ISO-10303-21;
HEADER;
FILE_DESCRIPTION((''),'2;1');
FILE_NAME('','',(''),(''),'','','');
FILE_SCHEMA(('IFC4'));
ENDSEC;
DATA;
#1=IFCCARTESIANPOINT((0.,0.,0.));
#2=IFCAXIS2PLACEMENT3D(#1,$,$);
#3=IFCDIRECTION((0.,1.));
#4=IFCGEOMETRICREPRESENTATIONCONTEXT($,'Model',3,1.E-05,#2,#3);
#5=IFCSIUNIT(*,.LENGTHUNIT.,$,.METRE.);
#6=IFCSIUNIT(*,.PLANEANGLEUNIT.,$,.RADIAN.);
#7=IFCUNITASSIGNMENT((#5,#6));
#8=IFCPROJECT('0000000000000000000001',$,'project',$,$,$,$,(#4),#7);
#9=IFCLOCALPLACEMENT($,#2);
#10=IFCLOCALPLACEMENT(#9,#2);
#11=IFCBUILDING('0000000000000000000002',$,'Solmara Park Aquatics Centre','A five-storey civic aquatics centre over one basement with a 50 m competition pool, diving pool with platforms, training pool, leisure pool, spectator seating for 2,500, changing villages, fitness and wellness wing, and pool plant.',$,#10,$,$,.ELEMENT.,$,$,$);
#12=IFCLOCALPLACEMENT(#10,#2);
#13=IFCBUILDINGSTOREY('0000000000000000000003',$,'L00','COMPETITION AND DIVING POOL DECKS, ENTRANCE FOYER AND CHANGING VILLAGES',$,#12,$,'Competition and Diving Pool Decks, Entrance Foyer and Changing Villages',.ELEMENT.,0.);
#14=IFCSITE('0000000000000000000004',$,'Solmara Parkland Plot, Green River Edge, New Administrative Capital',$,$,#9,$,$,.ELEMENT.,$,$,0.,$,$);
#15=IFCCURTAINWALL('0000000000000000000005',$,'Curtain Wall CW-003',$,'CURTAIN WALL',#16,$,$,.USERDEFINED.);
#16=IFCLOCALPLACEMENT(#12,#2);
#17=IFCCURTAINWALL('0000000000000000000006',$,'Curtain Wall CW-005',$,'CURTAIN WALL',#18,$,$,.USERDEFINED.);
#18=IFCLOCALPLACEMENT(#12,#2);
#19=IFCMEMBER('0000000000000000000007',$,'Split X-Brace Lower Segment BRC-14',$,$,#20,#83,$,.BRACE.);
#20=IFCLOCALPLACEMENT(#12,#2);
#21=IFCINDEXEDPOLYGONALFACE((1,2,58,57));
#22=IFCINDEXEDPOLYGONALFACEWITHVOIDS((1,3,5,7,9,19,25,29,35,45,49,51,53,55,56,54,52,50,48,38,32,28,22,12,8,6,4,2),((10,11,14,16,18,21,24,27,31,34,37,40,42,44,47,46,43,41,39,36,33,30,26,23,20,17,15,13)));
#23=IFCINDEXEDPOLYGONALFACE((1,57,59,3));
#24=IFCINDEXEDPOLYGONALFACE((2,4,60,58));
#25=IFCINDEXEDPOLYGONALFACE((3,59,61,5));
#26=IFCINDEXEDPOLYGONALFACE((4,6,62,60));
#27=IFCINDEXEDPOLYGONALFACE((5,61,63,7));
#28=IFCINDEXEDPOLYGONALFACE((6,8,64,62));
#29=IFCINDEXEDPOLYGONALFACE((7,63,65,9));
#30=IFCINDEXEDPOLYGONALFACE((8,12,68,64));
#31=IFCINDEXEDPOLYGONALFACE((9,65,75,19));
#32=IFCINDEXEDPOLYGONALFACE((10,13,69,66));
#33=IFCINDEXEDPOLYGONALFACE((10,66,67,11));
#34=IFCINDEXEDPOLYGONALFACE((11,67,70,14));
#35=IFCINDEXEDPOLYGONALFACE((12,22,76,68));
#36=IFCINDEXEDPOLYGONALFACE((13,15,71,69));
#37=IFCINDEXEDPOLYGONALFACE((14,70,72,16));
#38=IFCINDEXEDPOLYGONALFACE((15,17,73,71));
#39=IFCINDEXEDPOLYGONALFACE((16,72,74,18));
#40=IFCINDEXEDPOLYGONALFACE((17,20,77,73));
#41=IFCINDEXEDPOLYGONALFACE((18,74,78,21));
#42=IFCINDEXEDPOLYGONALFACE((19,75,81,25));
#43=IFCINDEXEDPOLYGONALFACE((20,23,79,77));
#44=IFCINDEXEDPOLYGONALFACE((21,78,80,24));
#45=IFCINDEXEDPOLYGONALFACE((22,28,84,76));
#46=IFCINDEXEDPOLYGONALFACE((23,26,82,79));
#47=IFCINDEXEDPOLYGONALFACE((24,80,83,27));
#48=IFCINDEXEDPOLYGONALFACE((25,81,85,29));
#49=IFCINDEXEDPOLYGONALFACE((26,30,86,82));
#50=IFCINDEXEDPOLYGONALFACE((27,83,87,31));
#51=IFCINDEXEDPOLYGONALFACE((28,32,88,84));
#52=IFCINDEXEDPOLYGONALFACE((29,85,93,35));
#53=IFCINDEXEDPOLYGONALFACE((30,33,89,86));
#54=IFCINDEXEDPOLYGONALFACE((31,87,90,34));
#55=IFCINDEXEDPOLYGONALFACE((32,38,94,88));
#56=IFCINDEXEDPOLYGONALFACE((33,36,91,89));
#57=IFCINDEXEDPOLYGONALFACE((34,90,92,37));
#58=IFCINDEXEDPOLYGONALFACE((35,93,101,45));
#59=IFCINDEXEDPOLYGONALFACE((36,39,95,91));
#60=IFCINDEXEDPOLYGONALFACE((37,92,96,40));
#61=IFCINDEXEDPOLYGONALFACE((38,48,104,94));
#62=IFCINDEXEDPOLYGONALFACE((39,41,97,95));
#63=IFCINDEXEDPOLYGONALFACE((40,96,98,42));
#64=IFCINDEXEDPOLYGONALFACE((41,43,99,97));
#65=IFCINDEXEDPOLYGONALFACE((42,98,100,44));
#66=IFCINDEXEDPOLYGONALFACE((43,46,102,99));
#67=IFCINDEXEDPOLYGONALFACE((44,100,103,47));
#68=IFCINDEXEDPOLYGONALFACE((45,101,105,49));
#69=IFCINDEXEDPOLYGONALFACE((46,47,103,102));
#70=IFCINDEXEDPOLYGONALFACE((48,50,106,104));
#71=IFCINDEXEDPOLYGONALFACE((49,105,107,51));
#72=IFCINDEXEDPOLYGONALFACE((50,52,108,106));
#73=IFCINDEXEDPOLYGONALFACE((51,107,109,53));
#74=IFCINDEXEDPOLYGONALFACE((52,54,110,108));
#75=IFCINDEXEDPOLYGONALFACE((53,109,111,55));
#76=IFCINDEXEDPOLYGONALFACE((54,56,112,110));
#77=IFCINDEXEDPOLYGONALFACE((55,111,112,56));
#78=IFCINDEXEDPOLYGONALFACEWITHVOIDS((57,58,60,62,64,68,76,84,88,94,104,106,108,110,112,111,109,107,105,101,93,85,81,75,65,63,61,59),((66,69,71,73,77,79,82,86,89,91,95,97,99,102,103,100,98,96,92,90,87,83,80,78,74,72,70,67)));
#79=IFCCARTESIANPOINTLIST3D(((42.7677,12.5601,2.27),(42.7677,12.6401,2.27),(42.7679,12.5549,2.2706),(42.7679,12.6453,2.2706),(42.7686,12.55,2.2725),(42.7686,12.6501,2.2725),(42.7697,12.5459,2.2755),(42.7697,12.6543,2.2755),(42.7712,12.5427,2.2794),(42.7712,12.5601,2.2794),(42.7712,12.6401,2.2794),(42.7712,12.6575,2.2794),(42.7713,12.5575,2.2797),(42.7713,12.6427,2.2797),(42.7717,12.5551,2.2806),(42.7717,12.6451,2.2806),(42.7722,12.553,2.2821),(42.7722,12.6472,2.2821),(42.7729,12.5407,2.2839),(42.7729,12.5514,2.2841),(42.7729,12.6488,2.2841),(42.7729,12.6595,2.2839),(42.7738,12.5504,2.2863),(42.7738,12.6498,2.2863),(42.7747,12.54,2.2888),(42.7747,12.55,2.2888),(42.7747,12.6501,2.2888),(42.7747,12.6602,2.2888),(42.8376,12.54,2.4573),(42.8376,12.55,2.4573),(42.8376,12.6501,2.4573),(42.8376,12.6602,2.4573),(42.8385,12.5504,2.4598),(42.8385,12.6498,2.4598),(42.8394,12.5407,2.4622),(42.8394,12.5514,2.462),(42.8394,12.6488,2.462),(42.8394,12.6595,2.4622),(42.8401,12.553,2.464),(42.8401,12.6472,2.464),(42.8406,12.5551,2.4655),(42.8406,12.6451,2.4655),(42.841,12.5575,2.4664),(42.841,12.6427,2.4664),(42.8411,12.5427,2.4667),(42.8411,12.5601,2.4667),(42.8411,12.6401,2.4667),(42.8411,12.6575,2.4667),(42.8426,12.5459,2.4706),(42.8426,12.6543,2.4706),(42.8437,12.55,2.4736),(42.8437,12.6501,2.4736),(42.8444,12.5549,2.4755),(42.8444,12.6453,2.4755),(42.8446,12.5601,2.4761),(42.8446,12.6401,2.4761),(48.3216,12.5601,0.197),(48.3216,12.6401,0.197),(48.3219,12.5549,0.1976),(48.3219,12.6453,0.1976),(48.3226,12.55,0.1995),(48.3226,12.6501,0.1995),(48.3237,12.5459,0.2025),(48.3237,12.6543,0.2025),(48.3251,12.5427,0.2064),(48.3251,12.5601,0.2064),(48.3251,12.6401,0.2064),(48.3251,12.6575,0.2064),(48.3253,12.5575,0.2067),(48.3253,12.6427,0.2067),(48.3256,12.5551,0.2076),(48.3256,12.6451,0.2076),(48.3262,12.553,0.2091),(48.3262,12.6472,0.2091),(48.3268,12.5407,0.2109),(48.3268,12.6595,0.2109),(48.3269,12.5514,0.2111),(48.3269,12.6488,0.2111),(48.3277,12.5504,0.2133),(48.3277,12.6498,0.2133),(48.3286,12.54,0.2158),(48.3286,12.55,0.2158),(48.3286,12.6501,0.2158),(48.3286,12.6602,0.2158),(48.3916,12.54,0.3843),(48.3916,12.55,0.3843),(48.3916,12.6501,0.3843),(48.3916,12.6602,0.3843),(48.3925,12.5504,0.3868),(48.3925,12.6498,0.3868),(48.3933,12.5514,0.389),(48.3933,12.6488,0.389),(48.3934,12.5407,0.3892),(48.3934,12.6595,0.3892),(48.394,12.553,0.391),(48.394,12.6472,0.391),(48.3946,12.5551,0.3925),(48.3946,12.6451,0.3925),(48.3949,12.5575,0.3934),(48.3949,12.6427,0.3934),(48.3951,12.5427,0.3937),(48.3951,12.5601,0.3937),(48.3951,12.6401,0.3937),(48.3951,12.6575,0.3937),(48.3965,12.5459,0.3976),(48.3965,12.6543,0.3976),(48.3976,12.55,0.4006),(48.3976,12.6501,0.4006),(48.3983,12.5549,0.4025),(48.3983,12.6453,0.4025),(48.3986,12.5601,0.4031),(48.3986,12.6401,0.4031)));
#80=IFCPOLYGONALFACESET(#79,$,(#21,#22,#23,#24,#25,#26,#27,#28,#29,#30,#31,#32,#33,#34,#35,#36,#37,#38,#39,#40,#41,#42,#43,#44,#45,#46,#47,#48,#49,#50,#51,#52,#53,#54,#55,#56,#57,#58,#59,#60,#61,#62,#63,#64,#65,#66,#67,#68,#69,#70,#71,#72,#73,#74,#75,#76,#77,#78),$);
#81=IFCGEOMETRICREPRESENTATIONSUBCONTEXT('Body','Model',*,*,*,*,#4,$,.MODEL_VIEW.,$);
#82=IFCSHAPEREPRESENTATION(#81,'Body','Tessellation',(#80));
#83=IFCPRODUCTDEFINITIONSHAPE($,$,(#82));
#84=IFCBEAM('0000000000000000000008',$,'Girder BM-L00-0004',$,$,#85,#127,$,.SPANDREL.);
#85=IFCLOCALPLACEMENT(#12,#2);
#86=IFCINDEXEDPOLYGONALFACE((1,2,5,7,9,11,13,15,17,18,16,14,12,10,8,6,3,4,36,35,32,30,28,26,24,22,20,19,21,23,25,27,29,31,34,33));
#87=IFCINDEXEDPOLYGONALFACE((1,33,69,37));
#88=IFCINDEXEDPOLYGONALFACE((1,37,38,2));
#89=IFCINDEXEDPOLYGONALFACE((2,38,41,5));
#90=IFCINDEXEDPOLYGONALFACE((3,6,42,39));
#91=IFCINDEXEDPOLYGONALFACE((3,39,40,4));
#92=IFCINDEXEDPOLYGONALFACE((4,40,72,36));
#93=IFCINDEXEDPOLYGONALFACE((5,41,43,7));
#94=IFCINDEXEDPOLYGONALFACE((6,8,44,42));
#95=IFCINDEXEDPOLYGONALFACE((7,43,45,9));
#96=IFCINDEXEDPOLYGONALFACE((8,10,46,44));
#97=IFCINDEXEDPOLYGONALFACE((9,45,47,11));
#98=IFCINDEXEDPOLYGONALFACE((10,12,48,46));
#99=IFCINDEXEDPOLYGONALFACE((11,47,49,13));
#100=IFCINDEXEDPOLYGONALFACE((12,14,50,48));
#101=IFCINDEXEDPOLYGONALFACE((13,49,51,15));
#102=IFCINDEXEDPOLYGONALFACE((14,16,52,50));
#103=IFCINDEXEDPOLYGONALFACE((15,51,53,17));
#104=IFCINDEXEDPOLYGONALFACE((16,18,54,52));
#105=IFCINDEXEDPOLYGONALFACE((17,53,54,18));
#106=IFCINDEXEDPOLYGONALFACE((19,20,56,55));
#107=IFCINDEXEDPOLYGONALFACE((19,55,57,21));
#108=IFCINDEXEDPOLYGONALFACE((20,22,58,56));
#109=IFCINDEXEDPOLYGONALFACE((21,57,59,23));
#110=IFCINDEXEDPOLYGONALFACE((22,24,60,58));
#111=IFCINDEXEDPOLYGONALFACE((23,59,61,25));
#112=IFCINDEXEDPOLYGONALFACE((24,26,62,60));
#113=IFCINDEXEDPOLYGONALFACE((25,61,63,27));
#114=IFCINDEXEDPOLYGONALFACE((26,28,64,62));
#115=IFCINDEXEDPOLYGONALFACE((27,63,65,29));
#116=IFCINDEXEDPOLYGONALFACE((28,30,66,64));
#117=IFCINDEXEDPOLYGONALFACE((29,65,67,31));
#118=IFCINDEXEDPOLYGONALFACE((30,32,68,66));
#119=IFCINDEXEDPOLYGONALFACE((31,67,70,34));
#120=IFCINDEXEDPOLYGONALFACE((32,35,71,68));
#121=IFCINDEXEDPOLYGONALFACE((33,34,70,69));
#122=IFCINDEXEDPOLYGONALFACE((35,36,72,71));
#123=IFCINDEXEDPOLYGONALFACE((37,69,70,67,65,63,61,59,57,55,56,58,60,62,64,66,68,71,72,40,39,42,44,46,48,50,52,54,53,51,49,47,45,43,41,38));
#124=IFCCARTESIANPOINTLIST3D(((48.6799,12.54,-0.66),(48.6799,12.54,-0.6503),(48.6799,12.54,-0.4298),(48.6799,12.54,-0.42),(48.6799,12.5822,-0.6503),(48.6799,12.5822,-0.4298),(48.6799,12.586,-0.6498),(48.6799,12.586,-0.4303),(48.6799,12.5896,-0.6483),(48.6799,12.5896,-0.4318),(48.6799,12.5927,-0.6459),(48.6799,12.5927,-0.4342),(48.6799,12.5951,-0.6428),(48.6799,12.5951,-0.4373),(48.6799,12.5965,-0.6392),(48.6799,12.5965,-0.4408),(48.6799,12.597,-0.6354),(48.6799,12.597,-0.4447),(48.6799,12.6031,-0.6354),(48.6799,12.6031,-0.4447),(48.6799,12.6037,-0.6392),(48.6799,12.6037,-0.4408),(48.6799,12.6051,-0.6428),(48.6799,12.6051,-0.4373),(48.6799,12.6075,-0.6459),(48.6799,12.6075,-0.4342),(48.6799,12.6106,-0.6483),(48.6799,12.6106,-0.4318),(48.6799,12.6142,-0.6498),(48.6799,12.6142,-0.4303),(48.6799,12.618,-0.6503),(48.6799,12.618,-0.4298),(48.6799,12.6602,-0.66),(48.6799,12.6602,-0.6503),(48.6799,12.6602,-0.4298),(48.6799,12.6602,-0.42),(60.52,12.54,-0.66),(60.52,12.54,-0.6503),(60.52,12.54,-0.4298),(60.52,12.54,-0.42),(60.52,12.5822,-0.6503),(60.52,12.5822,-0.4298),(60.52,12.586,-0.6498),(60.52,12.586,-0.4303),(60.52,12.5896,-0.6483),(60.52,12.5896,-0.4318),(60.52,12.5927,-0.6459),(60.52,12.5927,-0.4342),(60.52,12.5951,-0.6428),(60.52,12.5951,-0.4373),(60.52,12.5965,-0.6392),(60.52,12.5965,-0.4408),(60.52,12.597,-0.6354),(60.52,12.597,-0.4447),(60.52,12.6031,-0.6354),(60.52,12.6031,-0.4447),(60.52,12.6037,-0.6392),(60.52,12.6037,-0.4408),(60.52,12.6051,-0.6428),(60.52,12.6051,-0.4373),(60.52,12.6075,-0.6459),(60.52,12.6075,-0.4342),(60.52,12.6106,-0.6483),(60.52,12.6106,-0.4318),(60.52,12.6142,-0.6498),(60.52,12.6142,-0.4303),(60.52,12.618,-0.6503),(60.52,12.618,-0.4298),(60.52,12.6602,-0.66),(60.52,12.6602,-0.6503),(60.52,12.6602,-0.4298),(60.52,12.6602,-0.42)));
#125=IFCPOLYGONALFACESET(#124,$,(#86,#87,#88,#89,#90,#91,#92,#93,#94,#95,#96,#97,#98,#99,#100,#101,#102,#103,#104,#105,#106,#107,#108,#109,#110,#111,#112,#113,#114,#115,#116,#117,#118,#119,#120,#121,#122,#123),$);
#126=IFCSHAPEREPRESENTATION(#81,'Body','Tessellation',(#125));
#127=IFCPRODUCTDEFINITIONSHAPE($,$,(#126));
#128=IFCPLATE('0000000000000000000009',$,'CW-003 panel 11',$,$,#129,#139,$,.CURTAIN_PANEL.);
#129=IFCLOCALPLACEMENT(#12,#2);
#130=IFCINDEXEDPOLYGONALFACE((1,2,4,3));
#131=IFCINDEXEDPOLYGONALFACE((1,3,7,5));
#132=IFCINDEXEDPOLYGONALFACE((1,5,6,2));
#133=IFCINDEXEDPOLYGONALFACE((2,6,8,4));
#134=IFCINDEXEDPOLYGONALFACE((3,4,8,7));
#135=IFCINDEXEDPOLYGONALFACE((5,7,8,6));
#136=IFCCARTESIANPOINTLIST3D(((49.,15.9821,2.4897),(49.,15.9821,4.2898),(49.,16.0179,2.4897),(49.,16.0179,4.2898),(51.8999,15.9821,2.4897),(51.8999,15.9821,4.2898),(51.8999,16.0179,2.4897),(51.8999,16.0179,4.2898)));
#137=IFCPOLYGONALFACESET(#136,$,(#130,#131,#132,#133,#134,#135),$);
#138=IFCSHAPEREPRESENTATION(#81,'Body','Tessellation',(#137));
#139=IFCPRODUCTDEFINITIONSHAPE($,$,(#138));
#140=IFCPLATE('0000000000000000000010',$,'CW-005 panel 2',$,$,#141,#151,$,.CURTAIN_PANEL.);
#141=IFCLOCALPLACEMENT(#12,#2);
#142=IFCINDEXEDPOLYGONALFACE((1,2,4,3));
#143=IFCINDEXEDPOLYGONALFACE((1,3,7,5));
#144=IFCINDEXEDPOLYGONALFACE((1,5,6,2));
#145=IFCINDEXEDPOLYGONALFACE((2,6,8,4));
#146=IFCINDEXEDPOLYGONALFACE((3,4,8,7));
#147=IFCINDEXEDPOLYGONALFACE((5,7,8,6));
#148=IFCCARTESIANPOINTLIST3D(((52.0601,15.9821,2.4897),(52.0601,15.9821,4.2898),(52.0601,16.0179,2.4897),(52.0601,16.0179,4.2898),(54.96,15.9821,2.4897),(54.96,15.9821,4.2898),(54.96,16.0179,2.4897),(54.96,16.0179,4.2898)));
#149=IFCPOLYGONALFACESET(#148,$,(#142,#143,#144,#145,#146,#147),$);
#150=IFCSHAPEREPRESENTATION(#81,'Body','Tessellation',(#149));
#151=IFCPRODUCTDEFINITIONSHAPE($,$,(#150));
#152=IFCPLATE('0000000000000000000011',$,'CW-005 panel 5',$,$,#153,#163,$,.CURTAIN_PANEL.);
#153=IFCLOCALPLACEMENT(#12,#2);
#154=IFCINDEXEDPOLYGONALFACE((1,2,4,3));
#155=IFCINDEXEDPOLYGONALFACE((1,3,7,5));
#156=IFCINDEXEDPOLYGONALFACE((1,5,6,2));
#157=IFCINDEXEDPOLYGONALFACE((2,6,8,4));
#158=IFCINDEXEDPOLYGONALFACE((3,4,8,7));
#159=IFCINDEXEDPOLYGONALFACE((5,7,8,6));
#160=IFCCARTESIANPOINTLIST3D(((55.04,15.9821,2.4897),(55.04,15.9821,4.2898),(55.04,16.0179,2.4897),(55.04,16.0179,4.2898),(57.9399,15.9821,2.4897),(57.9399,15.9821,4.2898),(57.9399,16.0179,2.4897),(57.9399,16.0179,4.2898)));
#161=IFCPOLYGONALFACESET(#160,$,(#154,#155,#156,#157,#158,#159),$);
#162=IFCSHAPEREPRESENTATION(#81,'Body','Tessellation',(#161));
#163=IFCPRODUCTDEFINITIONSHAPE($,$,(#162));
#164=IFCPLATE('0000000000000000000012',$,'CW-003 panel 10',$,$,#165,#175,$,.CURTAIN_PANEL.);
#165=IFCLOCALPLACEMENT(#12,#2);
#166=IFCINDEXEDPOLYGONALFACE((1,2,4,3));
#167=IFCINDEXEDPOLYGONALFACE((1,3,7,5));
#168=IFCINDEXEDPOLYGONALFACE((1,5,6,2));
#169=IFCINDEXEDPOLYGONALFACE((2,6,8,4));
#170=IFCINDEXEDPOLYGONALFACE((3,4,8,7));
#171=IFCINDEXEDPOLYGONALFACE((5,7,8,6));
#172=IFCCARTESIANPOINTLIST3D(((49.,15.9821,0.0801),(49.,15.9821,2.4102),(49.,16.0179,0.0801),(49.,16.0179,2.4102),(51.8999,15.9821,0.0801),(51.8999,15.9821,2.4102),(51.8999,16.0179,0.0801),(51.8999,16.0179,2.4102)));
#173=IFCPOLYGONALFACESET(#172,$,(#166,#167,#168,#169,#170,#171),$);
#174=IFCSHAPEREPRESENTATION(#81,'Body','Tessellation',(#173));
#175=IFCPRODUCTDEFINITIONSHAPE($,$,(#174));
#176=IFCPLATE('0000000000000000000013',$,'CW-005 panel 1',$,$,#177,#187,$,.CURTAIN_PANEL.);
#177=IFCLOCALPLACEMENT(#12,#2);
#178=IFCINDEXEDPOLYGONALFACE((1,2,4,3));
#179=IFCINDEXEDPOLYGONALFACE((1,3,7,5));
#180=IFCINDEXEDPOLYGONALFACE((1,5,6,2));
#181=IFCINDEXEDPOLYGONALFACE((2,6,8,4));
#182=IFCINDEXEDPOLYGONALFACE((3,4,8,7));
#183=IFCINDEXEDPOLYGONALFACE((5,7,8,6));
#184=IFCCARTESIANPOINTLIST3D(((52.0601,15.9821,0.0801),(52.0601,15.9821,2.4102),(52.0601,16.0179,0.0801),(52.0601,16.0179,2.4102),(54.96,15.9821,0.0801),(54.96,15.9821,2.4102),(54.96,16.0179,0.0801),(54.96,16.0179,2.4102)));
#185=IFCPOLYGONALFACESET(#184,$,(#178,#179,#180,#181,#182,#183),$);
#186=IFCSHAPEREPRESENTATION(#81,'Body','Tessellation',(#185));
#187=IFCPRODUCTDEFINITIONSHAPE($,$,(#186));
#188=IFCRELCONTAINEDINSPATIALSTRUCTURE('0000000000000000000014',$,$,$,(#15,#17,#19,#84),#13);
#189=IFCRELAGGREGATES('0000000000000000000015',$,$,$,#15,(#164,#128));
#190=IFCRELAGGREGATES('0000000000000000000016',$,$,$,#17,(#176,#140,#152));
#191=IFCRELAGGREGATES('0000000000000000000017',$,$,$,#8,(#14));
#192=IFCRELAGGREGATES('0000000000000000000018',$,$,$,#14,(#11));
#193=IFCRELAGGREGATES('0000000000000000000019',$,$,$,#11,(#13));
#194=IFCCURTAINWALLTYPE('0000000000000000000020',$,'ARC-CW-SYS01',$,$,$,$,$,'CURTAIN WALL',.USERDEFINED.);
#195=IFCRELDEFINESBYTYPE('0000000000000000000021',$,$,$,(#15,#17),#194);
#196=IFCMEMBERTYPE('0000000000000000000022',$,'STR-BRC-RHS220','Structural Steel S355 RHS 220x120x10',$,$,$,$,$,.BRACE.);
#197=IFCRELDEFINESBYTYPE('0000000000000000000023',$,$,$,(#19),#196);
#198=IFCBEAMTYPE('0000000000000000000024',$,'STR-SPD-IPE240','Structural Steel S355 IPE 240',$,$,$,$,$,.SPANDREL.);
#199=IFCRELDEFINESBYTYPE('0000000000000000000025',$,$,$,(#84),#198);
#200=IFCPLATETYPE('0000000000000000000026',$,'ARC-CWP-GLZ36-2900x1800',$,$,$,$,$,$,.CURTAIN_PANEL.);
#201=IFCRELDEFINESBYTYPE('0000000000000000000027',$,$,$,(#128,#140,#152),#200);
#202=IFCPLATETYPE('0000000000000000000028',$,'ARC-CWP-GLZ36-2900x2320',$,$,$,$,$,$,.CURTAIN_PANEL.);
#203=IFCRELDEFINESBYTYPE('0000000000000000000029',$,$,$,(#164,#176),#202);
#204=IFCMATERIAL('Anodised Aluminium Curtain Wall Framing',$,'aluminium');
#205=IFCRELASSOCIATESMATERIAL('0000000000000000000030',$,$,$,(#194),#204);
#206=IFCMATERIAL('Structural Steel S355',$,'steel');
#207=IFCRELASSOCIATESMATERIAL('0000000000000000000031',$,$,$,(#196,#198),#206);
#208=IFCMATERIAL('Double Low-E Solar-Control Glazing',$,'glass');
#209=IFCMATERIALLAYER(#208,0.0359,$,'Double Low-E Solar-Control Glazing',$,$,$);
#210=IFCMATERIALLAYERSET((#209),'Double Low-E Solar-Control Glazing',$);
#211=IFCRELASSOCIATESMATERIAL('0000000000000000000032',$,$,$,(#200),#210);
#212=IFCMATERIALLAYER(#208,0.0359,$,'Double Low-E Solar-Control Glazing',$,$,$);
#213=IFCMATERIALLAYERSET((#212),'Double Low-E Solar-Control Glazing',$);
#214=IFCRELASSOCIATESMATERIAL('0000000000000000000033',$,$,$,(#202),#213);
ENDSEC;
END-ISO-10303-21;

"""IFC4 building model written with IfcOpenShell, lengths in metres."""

from ifc_helpers import new_model, si_unit, direction, frame, origin, origin_2d, place, context, subcontext, project, spatial, rectangle, hollow_rectangle, i_section, extrude, material, layer, layer_set, material_profile, profile_set, type_object, element, aggregate, save


model = new_model("IFC4")

# Units and contexts
model_context = context("Model", 3, precision=1e-05, world=origin(), true_north=direction((0.0, 1.0)))
body_context = subcontext(model_context, "Body", "Model", "MODEL_VIEW")
ifc_project = project(units=[si_unit("LENGTHUNIT", "METRE"), si_unit("PLANEANGLEUNIT", "RADIAN")], contexts=[model_context])

# Site, building, storey
site_placement = place(None, origin())
site = spatial("IfcSite", under=ifc_project, at=site_placement, Name="Solmara Parkland Plot, Green River Edge, New Administrative Capital", CompositionType="ELEMENT", RefElevation=0.0)
building_placement = place(site_placement, origin())
building = spatial("IfcBuilding", under=site, at=building_placement, Name="Solmara Park Aquatics Centre", Description="A five-storey civic aquatics centre over one basement with a 50 m competition pool, diving pool with platforms, training pool, leisure pool, spectator seating for 2,500, changing villages, fitness and wellness wing, and pool plant.", CompositionType="ELEMENT")
storey_placement = place(building_placement, origin())
storey = spatial("IfcBuildingStorey", under=building, at=storey_placement, Name="L00", Description="COMPETITION AND DIVING POOL DECKS, ENTRANCE FOYER AND CHANGING VILLAGES", LongName="Competition and Diving Pool Decks, Entrance Foyer and Changing Villages", CompositionType="ELEMENT", Elevation=0.0)

# Shared definitions
ifc_material_1 = material(Name="Structural Steel S355", Category="steel")

# Curtain walls
ifc_material_2 = material(Name="Anodised Aluminium Curtain Wall Framing", Category="aluminium")
curtain_wall_type = type_object("IfcCurtainWallType", Name="ARC-CW-SYS01", ElementType="CURTAIN WALL", PredefinedType="USERDEFINED", material=ifc_material_2)
curtain_wall_1_placement = place(storey_placement, origin())
curtain_wall_1 = element("IfcCurtainWall", 1, at=curtain_wall_1_placement, inside=storey, type_object=curtain_wall_type, Name="Curtain Wall CW-003", ObjectType="CURTAIN WALL", PredefinedType="USERDEFINED")
curtain_wall_2_placement = place(storey_placement, origin())
curtain_wall_2 = element("IfcCurtainWall", 2, at=curtain_wall_2_placement, inside=storey, type_object=curtain_wall_type, Name="Curtain Wall CW-005", ObjectType="CURTAIN WALL", PredefinedType="USERDEFINED")

# Member
ifc_material_profile_1 = material_profile(ifc_material_1, hollow_rectangle(XDim=0.1201, YDim=0.22, WallThickness=0.01, InnerFilletRadius=0.01, OuterFilletRadius=0.02, at=origin_2d()), Name="RHS 220x120x10")
ifc_profile_set_1 = profile_set([ifc_material_profile_1], Name="Structural Steel S355")
member_type_1 = type_object("IfcMemberType", Name="STR-BRC-RHS220", Description="Structural Steel S355 RHS 220x120x10", PredefinedType="BRACE", material=ifc_profile_set_1)
member_1_placement = place(storey_placement, frame((48.3601, 12.6001, 0.3), z_axis=(-0.936868, 0.0, 0.349683), x_axis=(0.0, -1.0, 0.0)))
element("IfcMember", 3, at=member_1_placement, inside=storey, type_object=member_type_1, Name="Split X-Brace Lower Segment BRC-14", PredefinedType="BRACE", context=body_context, shape_type="SweptSolid", body=[
    extrude(hollow_rectangle(XDim=0.1201, YDim=0.22, WallThickness=0.01, InnerFilletRadius=0.01, OuterFilletRadius=0.02, at=origin_2d()), origin(), (0.0, 0.0, 1.0), 5.9282),
])

# Beam
ifc_material_profile_2 = material_profile(ifc_material_1, i_section(OverallWidth=0.1201, OverallDepth=0.24, WebThickness=0.0061, FlangeThickness=0.0098, FilletRadius=0.0149, at=origin_2d()), Name="IPE 240")
ifc_profile_set_2 = profile_set([ifc_material_profile_2], Name="Structural Steel S355")
beam_type_1 = type_object("IfcBeamType", Name="STR-SPD-IPE240", Description="Structural Steel S355 IPE 240", PredefinedType="SPANDREL", material=ifc_profile_set_2)
beam_1_placement = place(storey_placement, frame((48.6799, 12.6001, -0.54), z_axis=(1.0, 0.0, 0.0), x_axis=(0.0, 1.0, 0.0)))
element("IfcBeam", 4, at=beam_1_placement, inside=storey, type_object=beam_type_1, Name="Girder BM-L00-0004", PredefinedType="SPANDREL", context=body_context, shape_type="SweptSolid", body=[
    extrude(i_section(OverallWidth=0.1201, OverallDepth=0.24, WebThickness=0.0061, FlangeThickness=0.0098, FilletRadius=0.0149, at=origin_2d()), origin(), (0.0, 0.0, 1.0), 11.8401),
])

# Plates
ifc_material_3 = material(Name="Double Low-E Solar-Control Glazing", Category="glass")
ifc_layer_1 = layer(ifc_material_3, 0.0359, Name="Double Low-E Solar-Control Glazing")
ifc_layer_set_1 = layer_set([ifc_layer_1], Name="Double Low-E Solar-Control Glazing")
plate_type_1 = type_object("IfcPlateType", Name="ARC-CWP-GLZ36-2900x1800", PredefinedType="CURTAIN_PANEL", material=ifc_layer_set_1)
plate_1_placement = place(storey_placement, frame((50.45, 16.0, 2.4897), z_axis=(0.0, 0.0, 1.0), x_axis=(1.0, 0.0, 0.0)))
plate_1 = element("IfcPlate", 5, at=plate_1_placement, type_object=plate_type_1, Name="CW-003 panel 11", PredefinedType="CURTAIN_PANEL", context=body_context, shape_type="SweptSolid", body=[
    extrude(rectangle(XDim=2.8999, YDim=0.0359, at=origin_2d()), origin(), (0.0, 0.0, 1.0), 1.8),
])
plate_2_placement = place(storey_placement, frame((53.51, 16.0, 2.4897), z_axis=(0.0, 0.0, 1.0), x_axis=(1.0, 0.0, 0.0)))
plate_2 = element("IfcPlate", 6, at=plate_2_placement, type_object=plate_type_1, Name="CW-005 panel 2", PredefinedType="CURTAIN_PANEL", context=body_context, shape_type="SweptSolid", body=[
    extrude(rectangle(XDim=2.8999, YDim=0.0359, at=origin_2d()), origin(), (0.0, 0.0, 1.0), 1.8),
])
plate_3_placement = place(storey_placement, frame((56.49, 16.0, 2.4897), z_axis=(0.0, 0.0, 1.0), x_axis=(1.0, 0.0, 0.0)))
plate_3 = element("IfcPlate", 7, at=plate_3_placement, type_object=plate_type_1, Name="CW-005 panel 5", PredefinedType="CURTAIN_PANEL", context=body_context, shape_type="SweptSolid", body=[
    extrude(rectangle(XDim=2.8999, YDim=0.0359, at=origin_2d()), origin(), (0.0, 0.0, 1.0), 1.8),
])
ifc_layer_2 = layer(ifc_material_3, 0.0359, Name="Double Low-E Solar-Control Glazing")
ifc_layer_set_2 = layer_set([ifc_layer_2], Name="Double Low-E Solar-Control Glazing")
plate_type_2 = type_object("IfcPlateType", Name="ARC-CWP-GLZ36-2900x2320", PredefinedType="CURTAIN_PANEL", material=ifc_layer_set_2)
plate_4_placement = place(storey_placement, frame((50.45, 16.0, 0.0801), z_axis=(0.0, 0.0, 1.0), x_axis=(1.0, 0.0, 0.0)))
plate_4 = element("IfcPlate", 8, at=plate_4_placement, type_object=plate_type_2, Name="CW-003 panel 10", PredefinedType="CURTAIN_PANEL", context=body_context, shape_type="SweptSolid", body=[
    extrude(rectangle(XDim=2.8999, YDim=0.0359, at=origin_2d()), origin(), (0.0, 0.0, 1.0), 2.3301),
])
plate_5_placement = place(storey_placement, frame((53.51, 16.0, 0.0801), z_axis=(0.0, 0.0, 1.0), x_axis=(1.0, 0.0, 0.0)))
plate_5 = element("IfcPlate", 9, at=plate_5_placement, type_object=plate_type_2, Name="CW-005 panel 1", PredefinedType="CURTAIN_PANEL", context=body_context, shape_type="SweptSolid", body=[
    extrude(rectangle(XDim=2.8999, YDim=0.0359, at=origin_2d()), origin(), (0.0, 0.0, 1.0), 2.3301),
])
aggregate(curtain_wall_1, [plate_4, plate_1])
aggregate(curtain_wall_2, [plate_5, plate_2, plate_3])

save(model, "model.ifc")
